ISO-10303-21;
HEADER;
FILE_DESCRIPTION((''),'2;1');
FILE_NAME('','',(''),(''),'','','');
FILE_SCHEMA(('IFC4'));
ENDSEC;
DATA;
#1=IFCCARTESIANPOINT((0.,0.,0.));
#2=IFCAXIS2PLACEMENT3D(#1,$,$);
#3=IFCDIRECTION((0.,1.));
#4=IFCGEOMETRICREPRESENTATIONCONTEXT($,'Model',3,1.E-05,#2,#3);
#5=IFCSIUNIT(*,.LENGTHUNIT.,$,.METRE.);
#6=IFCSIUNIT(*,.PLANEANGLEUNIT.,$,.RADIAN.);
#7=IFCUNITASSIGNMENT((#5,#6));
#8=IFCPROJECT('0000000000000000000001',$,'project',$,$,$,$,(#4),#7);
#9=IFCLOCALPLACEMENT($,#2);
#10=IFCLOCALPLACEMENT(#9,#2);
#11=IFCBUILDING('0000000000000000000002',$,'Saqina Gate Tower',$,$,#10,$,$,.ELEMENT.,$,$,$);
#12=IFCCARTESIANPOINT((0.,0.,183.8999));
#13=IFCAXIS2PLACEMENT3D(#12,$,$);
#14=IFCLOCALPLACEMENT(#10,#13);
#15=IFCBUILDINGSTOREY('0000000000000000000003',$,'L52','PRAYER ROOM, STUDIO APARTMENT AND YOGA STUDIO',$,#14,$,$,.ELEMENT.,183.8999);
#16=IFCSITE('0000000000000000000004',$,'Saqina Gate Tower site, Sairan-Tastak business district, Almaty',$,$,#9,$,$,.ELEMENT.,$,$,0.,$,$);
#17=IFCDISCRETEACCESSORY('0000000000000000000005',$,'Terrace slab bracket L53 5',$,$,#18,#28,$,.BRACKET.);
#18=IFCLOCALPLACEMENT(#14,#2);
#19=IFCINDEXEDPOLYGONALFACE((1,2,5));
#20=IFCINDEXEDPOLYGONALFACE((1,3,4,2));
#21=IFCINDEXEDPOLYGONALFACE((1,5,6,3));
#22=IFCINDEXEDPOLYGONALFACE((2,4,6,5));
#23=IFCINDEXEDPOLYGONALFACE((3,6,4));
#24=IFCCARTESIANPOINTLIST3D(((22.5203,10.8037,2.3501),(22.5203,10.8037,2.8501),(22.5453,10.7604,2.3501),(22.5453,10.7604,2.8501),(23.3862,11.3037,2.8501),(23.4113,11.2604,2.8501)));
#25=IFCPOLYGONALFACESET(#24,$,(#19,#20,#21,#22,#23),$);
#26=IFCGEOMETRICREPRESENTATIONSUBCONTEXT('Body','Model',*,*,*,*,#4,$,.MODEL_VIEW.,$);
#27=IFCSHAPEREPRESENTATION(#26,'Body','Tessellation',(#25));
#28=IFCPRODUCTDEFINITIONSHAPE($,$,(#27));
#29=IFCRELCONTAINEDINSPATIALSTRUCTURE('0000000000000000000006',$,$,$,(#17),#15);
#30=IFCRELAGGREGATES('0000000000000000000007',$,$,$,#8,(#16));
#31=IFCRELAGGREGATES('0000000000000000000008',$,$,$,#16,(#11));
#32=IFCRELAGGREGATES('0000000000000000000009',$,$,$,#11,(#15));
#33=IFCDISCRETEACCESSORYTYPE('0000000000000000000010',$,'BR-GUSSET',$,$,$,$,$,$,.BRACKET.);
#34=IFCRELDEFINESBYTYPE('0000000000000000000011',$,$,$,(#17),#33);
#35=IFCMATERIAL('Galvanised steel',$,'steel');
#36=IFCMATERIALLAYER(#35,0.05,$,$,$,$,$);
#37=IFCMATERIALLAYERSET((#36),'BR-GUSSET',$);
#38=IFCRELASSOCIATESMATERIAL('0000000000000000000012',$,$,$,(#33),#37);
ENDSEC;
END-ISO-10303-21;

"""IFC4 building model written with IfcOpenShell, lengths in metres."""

from ifc_helpers import new_model, si_unit, direction, frame, origin, place, context, subcontext, project, spatial, polyline, outline, extrude, material, layer, layer_set, type_object, element, save


model = new_model("IFC4")

# Units and contexts
model_context = context("Model", 3, precision=1e-05, world=origin(), true_north=direction((0.0, 1.0)))
body_context = subcontext(model_context, "Body", "Model", "MODEL_VIEW")
ifc_project = project(units=[si_unit("LENGTHUNIT", "METRE"), si_unit("PLANEANGLEUNIT", "RADIAN")], contexts=[model_context])

# Site, building, storey
site_placement = place(None, origin())
site = spatial("IfcSite", under=ifc_project, at=site_placement, Name="Saqina Gate Tower site, Sairan-Tastak business district, Almaty", CompositionType="ELEMENT", RefElevation=0.0)
building_placement = place(site_placement, origin())
building = spatial("IfcBuilding", under=site, at=building_placement, Name="Saqina Gate Tower", CompositionType="ELEMENT")
storey_placement = place(building_placement, frame((0.0, 0.0, 183.8999)))
storey = spatial("IfcBuildingStorey", under=building, at=storey_placement, Name="L52", Description="PRAYER ROOM, STUDIO APARTMENT AND YOGA STUDIO", CompositionType="ELEMENT", Elevation=183.8999)

# Discrete accessory
ifc_material_1 = material(Name="Galvanised steel", Category="steel")
ifc_layer_1 = layer(ifc_material_1, 0.05)
ifc_layer_set_1 = layer_set([ifc_layer_1], Name="BR-GUSSET")
discrete_accessory_type_1 = type_object("IfcDiscreteAccessoryType", Name="BR-GUSSET", PredefinedType="BRACKET", material=ifc_layer_set_1)
discrete_accessory_placement = place(storey_placement, frame((22.5203, 10.8037, 2.3501), z_axis=(-0.500025, 0.866011, 0.0), x_axis=(0.0, 0.0, 1.0)))
element("IfcDiscreteAccessory", 1, at=discrete_accessory_placement, inside=storey, type_object=discrete_accessory_type_1, Name="Terrace slab bracket L53 5", PredefinedType="BRACKET", context=body_context, shape_type="SweptSolid", body=[
    extrude(outline(polyline([(0.0, 0.0), (0.5, 0.0), (0.5, 0.9999), (0.0, 0.0)])), origin(), (0.0, 0.0, -1.0), 0.05),
])

save(model, "model.ifc")
